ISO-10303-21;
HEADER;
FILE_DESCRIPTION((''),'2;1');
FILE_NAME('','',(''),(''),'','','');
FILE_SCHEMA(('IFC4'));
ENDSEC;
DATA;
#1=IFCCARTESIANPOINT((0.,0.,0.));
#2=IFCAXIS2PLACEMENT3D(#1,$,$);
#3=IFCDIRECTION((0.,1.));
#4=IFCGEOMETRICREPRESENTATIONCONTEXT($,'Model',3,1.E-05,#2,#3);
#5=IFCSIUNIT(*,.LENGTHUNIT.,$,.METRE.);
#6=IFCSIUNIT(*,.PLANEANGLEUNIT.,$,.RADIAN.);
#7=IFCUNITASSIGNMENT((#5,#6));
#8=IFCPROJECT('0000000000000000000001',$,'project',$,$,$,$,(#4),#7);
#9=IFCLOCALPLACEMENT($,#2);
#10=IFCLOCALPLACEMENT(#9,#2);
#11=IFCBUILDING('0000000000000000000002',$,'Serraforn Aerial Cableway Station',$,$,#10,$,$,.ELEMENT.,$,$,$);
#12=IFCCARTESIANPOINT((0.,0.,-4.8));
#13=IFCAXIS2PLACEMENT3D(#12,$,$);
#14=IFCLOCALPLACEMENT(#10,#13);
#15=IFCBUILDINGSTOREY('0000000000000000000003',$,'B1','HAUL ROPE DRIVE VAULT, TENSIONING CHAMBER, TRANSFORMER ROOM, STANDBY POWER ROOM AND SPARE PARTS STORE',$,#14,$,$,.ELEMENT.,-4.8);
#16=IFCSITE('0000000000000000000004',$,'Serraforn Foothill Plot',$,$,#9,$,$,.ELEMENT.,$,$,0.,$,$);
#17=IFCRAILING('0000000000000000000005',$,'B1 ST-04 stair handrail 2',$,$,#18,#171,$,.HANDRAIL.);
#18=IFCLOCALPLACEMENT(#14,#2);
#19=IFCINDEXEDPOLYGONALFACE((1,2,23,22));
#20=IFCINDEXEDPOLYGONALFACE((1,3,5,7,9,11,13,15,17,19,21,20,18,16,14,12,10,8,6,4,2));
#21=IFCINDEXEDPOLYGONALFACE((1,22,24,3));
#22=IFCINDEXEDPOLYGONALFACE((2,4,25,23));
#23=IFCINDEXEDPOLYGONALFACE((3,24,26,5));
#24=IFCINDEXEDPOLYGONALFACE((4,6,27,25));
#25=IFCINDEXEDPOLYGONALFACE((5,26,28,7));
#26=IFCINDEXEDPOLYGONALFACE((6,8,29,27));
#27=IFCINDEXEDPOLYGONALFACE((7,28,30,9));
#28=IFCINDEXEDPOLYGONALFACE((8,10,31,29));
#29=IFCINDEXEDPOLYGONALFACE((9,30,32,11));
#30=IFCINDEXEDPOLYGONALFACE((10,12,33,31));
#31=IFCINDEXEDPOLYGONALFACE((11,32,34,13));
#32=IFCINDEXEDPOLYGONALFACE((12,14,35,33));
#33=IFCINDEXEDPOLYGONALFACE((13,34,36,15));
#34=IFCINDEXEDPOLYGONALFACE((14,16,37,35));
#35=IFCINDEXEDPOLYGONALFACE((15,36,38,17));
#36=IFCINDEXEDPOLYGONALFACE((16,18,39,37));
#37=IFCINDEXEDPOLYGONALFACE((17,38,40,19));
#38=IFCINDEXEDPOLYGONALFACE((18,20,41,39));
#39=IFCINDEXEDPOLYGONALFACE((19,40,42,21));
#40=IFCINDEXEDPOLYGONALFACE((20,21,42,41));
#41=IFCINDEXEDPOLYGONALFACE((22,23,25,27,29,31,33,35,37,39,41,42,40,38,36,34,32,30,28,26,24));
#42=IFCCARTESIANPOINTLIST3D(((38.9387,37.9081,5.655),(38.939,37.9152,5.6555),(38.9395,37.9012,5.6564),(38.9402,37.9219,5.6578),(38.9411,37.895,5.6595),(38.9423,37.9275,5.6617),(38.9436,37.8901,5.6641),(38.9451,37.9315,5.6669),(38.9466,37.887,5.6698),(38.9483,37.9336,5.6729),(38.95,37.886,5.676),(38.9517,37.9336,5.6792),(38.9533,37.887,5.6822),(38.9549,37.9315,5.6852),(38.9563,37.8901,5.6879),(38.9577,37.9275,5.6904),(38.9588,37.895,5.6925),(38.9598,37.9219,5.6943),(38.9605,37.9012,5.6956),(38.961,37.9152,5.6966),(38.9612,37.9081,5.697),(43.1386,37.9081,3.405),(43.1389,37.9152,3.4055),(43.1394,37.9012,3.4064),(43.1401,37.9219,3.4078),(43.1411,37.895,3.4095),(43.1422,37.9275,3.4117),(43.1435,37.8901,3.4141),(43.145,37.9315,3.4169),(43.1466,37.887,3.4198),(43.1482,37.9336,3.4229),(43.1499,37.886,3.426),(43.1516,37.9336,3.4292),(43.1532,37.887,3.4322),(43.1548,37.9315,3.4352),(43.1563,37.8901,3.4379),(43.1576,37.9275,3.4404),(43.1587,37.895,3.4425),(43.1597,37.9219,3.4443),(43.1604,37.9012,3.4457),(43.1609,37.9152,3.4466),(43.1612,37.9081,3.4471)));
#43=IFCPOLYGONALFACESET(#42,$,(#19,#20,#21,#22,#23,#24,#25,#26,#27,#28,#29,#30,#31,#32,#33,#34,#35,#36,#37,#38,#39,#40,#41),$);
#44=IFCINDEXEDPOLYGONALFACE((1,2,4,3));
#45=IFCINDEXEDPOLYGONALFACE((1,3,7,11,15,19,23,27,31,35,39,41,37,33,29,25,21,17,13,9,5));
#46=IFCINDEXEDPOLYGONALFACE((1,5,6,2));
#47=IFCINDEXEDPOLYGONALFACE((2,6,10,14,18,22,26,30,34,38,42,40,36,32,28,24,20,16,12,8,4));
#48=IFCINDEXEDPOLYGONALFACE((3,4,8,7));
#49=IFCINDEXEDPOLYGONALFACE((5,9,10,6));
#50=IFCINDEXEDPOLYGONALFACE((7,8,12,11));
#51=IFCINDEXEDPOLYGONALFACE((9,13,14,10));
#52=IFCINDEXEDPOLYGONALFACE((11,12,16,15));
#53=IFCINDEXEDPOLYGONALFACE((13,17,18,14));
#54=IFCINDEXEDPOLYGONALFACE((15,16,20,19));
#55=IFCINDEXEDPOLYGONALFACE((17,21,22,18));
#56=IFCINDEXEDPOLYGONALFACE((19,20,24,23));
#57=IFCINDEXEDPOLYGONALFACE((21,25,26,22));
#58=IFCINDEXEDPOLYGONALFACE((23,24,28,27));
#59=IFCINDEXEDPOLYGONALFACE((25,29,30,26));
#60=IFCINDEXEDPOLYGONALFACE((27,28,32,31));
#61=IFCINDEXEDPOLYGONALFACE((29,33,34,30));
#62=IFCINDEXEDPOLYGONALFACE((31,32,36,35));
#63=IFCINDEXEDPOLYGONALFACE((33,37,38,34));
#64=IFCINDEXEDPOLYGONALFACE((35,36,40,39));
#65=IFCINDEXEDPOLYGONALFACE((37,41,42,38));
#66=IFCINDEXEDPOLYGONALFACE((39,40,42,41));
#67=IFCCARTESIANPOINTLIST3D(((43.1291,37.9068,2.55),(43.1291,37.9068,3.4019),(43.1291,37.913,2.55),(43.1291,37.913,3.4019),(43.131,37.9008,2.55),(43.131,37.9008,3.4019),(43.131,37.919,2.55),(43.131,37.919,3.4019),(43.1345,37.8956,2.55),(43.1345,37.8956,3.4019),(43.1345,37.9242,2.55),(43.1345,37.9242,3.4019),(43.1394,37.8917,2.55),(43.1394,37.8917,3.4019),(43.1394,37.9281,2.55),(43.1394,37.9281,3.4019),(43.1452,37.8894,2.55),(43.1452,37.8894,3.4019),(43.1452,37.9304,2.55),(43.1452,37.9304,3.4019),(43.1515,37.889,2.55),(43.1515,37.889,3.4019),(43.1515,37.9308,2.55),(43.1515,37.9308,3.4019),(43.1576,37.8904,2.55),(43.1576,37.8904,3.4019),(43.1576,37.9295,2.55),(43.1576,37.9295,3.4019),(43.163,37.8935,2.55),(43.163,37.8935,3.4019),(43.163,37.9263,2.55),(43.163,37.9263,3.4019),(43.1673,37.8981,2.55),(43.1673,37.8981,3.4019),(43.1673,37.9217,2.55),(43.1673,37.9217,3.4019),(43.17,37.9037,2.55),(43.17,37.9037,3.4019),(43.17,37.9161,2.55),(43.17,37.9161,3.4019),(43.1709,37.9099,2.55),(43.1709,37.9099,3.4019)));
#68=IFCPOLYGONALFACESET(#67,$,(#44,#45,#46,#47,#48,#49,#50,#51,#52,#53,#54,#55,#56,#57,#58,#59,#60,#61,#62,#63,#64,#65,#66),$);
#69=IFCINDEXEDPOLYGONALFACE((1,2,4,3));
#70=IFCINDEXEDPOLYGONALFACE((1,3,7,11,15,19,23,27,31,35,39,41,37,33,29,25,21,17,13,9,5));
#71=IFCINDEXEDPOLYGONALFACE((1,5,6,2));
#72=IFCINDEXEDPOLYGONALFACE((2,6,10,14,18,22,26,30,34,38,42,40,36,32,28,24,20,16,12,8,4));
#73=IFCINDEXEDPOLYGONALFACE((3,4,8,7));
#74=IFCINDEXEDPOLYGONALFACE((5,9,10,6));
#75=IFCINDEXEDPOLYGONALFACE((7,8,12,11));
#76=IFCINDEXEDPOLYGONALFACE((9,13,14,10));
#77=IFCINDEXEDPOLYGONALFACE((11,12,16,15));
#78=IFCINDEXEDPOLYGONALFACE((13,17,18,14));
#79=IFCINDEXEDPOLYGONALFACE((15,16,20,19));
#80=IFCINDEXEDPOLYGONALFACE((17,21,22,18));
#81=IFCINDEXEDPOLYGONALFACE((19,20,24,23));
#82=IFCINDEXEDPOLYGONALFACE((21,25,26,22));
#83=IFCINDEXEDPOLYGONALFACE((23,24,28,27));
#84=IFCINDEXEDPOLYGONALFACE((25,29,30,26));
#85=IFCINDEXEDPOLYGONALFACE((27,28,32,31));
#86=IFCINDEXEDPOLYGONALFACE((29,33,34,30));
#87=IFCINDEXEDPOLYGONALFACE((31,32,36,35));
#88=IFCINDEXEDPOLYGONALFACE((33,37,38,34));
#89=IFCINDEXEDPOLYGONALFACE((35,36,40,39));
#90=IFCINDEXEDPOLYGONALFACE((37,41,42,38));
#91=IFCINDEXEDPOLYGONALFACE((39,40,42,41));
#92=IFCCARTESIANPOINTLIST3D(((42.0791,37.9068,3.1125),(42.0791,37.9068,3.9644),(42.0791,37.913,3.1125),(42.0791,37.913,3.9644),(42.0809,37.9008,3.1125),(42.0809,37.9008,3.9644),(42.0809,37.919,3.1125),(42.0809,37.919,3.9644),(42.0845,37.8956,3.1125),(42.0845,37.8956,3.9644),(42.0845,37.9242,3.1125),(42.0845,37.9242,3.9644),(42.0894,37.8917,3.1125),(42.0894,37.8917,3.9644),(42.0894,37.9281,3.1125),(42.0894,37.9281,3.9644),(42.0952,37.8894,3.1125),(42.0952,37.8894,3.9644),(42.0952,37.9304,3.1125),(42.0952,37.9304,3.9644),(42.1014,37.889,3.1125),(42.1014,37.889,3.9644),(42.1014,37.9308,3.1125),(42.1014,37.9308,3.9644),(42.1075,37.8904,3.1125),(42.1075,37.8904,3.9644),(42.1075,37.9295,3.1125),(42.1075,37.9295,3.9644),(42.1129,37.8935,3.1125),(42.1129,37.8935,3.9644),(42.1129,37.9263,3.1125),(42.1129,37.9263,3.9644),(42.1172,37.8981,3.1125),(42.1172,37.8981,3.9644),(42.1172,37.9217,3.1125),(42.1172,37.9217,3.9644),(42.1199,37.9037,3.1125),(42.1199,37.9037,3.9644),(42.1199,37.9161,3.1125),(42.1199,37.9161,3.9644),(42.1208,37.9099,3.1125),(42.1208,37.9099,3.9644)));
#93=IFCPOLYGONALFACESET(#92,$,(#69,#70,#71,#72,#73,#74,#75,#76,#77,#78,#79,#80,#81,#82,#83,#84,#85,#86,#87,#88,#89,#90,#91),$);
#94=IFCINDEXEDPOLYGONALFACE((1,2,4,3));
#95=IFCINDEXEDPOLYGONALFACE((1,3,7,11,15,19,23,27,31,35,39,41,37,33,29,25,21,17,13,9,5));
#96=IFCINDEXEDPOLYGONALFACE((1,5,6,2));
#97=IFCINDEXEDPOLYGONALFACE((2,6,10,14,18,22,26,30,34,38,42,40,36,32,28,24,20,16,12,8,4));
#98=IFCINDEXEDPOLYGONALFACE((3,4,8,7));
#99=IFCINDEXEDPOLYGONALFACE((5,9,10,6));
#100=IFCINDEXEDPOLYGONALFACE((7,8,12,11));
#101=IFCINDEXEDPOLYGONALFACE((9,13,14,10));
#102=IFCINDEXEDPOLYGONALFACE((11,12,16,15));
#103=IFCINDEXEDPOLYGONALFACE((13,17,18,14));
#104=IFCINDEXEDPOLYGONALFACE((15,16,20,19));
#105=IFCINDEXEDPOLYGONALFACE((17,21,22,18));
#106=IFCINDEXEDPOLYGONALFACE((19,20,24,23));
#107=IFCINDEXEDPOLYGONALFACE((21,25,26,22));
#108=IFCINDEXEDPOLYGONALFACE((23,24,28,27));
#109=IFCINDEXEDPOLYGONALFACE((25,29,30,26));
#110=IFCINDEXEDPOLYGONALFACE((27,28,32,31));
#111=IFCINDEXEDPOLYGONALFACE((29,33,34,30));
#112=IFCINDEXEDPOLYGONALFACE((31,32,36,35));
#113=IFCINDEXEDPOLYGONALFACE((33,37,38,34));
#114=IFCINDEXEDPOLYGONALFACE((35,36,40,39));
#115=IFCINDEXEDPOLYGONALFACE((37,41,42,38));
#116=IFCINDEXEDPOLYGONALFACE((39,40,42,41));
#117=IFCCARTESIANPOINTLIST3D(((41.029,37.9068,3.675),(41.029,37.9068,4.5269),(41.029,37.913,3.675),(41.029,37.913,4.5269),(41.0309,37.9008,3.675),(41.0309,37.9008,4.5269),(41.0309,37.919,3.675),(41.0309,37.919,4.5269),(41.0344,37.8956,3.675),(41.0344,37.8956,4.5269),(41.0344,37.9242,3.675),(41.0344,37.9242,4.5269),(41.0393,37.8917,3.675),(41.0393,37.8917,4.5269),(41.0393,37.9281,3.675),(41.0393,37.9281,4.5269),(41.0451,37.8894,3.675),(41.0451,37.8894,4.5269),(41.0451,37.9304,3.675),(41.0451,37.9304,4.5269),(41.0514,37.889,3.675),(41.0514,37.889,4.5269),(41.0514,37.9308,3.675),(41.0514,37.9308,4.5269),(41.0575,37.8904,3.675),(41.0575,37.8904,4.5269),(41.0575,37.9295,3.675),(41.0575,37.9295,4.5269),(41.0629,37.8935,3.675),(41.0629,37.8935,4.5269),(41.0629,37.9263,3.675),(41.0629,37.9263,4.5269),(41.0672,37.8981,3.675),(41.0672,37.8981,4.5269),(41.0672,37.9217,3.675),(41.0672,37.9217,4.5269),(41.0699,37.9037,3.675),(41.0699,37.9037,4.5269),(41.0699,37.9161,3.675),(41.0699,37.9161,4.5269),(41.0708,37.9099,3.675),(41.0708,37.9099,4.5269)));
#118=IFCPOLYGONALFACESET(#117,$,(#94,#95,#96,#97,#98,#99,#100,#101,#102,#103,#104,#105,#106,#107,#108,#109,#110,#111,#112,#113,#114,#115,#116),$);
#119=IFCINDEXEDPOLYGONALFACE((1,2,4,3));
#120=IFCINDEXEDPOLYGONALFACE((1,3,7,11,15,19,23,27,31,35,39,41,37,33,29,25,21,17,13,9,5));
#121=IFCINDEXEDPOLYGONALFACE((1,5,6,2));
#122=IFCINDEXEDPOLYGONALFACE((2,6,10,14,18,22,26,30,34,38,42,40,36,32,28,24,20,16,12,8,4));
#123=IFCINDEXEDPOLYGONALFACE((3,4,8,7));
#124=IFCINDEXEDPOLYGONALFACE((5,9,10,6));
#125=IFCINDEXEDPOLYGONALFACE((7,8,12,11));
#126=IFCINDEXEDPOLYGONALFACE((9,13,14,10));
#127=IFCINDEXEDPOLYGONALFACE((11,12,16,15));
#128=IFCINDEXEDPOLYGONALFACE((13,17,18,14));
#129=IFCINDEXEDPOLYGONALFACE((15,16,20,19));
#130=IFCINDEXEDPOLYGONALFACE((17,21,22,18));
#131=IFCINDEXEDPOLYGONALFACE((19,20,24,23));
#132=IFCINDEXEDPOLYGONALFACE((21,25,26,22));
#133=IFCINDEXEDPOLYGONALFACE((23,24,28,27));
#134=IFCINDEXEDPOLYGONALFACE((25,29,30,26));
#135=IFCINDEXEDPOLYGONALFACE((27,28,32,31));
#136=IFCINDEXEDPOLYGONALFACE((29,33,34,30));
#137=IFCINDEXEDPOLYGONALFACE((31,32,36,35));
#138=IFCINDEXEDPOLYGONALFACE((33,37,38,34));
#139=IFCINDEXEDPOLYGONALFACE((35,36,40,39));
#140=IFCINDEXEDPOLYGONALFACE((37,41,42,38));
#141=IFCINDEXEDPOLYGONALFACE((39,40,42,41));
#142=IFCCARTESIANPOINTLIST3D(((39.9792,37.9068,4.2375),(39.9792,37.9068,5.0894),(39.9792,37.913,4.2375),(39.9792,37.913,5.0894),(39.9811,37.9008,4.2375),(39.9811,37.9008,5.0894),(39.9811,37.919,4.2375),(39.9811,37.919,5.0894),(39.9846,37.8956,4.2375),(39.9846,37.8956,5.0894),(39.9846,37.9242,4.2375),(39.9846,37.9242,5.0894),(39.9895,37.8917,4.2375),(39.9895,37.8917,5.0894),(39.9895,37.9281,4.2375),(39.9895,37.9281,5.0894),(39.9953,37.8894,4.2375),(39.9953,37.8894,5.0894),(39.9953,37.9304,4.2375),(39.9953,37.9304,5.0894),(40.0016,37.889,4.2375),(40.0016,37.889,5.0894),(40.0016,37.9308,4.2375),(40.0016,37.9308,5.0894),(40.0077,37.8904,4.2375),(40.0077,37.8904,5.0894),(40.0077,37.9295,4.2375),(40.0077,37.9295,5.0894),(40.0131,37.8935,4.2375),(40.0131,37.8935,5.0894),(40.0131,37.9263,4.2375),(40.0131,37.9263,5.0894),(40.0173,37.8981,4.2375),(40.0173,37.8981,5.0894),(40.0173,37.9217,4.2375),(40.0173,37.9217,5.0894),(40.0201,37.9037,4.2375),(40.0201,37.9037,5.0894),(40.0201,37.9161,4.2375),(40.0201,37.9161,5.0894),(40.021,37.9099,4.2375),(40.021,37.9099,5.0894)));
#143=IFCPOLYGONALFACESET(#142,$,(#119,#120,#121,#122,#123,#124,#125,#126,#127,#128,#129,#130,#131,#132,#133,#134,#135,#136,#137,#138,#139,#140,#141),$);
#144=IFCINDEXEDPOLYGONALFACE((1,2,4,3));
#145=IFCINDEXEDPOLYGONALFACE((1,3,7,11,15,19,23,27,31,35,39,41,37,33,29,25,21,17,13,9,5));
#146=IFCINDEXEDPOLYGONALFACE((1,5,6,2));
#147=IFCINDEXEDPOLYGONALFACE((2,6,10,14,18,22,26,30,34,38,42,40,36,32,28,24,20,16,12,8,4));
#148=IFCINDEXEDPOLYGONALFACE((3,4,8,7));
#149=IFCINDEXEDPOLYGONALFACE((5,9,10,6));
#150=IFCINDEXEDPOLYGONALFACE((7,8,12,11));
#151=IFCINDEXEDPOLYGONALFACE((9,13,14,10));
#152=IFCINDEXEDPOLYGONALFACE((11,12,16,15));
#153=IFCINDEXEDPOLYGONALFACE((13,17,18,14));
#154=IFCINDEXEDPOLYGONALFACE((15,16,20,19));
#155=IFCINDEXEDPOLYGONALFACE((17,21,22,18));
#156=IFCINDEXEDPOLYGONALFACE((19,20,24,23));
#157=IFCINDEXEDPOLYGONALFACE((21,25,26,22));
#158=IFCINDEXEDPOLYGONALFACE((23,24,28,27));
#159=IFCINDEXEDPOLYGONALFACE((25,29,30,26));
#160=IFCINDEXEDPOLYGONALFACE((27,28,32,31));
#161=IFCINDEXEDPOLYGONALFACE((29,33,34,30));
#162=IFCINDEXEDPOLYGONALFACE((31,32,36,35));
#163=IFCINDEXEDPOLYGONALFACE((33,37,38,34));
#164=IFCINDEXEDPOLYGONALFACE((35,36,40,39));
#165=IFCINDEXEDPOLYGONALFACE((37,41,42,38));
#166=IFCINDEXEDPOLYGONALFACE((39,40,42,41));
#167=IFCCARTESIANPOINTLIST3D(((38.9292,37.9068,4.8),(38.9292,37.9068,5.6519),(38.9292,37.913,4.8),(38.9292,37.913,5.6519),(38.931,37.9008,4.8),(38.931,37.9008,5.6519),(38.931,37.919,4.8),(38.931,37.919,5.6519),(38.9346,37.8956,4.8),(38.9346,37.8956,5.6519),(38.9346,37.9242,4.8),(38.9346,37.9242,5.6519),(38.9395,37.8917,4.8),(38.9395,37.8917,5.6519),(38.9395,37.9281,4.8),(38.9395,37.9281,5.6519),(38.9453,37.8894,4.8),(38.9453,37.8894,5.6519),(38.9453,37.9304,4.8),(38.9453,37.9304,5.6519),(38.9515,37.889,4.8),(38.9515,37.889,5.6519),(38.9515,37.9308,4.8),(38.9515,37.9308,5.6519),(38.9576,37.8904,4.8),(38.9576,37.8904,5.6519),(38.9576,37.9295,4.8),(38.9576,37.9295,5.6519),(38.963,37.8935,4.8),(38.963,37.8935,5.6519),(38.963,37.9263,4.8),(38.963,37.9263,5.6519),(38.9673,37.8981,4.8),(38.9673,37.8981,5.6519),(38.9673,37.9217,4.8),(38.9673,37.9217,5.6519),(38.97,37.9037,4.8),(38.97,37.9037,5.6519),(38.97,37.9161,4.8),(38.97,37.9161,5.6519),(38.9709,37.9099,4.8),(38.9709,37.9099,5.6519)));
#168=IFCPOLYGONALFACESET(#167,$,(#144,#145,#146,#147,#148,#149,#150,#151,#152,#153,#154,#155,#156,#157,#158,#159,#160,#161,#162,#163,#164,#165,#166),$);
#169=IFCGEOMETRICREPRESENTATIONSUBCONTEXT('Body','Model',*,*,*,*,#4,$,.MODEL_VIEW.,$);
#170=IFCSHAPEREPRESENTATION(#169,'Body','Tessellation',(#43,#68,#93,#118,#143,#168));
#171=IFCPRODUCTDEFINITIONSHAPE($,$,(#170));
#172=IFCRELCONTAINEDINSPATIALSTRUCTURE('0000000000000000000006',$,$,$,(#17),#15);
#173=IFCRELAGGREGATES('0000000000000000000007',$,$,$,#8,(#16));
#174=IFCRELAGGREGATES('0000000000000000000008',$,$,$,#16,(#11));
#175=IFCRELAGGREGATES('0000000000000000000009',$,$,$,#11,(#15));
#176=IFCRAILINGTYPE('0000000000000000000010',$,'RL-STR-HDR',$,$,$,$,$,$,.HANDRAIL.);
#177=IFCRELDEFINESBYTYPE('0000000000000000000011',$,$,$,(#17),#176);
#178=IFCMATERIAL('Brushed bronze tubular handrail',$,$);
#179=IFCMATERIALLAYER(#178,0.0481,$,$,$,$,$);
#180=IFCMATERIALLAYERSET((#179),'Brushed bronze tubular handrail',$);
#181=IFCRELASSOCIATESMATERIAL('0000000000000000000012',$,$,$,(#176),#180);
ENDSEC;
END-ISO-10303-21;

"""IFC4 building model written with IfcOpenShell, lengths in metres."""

from ifc_helpers import new_model, si_unit, direction, frame, origin, origin_2d, place, context, subcontext, project, spatial, circle, extrude, material, layer, layer_set, type_object, element, save


model = new_model("IFC4")

# Units and contexts
model_context = context("Model", 3, precision=1e-05, world=origin(), true_north=direction((0.0, 1.0)))
body_context = subcontext(model_context, "Body", "Model", "MODEL_VIEW")
ifc_project = project(units=[si_unit("LENGTHUNIT", "METRE"), si_unit("PLANEANGLEUNIT", "RADIAN")], contexts=[model_context])

# Site, building, storey
site_placement = place(None, origin())
site = spatial("IfcSite", under=ifc_project, at=site_placement, Name="Serraforn Foothill Plot", CompositionType="ELEMENT", RefElevation=0.0)
building_placement = place(site_placement, origin())
building = spatial("IfcBuilding", under=site, at=building_placement, Name="Serraforn Aerial Cableway Station", CompositionType="ELEMENT")
storey_placement = place(building_placement, frame((0.0, 0.0, -4.8)))
storey = spatial("IfcBuildingStorey", under=building, at=storey_placement, Name="B1", Description="HAUL ROPE DRIVE VAULT, TENSIONING CHAMBER, TRANSFORMER ROOM, STANDBY POWER ROOM AND SPARE PARTS STORE", CompositionType="ELEMENT", Elevation=-4.8)

# Railing
ifc_material_1 = material(Name="Brushed bronze tubular handrail")
ifc_layer_1 = layer(ifc_material_1, 0.0481)
ifc_layer_set_1 = layer_set([ifc_layer_1], Name="Brushed bronze tubular handrail")
railing_type_1 = type_object("IfcRailingType", Name="RL-STR-HDR", PredefinedType="HANDRAIL", material=ifc_layer_set_1)
railing_1_placement = place(storey_placement, frame((43.1499, 37.9099, 2.55)))
element("IfcRailing", 1, at=railing_1_placement, inside=storey, type_object=railing_type_1, Name="B1 ST-04 stair handrail 2", PredefinedType="HANDRAIL", context=body_context, shape_type="SweptSolid", body=[
    extrude(circle(Radius=0.0239, at=origin_2d()), frame((0.0, 0.0, 0.876), z_axis=(-0.881478, 0.0, 0.472226), x_axis=(0.0, -1.0, 0.0)), (0.0, 0.0, 1.0), 4.7646),
    extrude(circle(Radius=0.021, at=origin_2d()), origin(), (0.0, 0.0, 1.0), 0.8518),
    extrude(circle(Radius=0.021, at=origin_2d()), frame((-1.05, 0.0, 0.5625)), (0.0, 0.0, 1.0), 0.8518),
    extrude(circle(Radius=0.021, at=origin_2d()), frame((-2.1001, 0.0, 1.125)), (0.0, 0.0, 1.0), 0.8518),
    extrude(circle(Radius=0.021, at=origin_2d()), frame((-3.1499, 0.0, 1.6875)), (0.0, 0.0, 1.0), 0.8518),
    extrude(circle(Radius=0.021, at=origin_2d()), frame((-4.2, 0.0, 2.25)), (0.0, 0.0, 1.0), 0.8518),
])

save(model, "model.ifc")
